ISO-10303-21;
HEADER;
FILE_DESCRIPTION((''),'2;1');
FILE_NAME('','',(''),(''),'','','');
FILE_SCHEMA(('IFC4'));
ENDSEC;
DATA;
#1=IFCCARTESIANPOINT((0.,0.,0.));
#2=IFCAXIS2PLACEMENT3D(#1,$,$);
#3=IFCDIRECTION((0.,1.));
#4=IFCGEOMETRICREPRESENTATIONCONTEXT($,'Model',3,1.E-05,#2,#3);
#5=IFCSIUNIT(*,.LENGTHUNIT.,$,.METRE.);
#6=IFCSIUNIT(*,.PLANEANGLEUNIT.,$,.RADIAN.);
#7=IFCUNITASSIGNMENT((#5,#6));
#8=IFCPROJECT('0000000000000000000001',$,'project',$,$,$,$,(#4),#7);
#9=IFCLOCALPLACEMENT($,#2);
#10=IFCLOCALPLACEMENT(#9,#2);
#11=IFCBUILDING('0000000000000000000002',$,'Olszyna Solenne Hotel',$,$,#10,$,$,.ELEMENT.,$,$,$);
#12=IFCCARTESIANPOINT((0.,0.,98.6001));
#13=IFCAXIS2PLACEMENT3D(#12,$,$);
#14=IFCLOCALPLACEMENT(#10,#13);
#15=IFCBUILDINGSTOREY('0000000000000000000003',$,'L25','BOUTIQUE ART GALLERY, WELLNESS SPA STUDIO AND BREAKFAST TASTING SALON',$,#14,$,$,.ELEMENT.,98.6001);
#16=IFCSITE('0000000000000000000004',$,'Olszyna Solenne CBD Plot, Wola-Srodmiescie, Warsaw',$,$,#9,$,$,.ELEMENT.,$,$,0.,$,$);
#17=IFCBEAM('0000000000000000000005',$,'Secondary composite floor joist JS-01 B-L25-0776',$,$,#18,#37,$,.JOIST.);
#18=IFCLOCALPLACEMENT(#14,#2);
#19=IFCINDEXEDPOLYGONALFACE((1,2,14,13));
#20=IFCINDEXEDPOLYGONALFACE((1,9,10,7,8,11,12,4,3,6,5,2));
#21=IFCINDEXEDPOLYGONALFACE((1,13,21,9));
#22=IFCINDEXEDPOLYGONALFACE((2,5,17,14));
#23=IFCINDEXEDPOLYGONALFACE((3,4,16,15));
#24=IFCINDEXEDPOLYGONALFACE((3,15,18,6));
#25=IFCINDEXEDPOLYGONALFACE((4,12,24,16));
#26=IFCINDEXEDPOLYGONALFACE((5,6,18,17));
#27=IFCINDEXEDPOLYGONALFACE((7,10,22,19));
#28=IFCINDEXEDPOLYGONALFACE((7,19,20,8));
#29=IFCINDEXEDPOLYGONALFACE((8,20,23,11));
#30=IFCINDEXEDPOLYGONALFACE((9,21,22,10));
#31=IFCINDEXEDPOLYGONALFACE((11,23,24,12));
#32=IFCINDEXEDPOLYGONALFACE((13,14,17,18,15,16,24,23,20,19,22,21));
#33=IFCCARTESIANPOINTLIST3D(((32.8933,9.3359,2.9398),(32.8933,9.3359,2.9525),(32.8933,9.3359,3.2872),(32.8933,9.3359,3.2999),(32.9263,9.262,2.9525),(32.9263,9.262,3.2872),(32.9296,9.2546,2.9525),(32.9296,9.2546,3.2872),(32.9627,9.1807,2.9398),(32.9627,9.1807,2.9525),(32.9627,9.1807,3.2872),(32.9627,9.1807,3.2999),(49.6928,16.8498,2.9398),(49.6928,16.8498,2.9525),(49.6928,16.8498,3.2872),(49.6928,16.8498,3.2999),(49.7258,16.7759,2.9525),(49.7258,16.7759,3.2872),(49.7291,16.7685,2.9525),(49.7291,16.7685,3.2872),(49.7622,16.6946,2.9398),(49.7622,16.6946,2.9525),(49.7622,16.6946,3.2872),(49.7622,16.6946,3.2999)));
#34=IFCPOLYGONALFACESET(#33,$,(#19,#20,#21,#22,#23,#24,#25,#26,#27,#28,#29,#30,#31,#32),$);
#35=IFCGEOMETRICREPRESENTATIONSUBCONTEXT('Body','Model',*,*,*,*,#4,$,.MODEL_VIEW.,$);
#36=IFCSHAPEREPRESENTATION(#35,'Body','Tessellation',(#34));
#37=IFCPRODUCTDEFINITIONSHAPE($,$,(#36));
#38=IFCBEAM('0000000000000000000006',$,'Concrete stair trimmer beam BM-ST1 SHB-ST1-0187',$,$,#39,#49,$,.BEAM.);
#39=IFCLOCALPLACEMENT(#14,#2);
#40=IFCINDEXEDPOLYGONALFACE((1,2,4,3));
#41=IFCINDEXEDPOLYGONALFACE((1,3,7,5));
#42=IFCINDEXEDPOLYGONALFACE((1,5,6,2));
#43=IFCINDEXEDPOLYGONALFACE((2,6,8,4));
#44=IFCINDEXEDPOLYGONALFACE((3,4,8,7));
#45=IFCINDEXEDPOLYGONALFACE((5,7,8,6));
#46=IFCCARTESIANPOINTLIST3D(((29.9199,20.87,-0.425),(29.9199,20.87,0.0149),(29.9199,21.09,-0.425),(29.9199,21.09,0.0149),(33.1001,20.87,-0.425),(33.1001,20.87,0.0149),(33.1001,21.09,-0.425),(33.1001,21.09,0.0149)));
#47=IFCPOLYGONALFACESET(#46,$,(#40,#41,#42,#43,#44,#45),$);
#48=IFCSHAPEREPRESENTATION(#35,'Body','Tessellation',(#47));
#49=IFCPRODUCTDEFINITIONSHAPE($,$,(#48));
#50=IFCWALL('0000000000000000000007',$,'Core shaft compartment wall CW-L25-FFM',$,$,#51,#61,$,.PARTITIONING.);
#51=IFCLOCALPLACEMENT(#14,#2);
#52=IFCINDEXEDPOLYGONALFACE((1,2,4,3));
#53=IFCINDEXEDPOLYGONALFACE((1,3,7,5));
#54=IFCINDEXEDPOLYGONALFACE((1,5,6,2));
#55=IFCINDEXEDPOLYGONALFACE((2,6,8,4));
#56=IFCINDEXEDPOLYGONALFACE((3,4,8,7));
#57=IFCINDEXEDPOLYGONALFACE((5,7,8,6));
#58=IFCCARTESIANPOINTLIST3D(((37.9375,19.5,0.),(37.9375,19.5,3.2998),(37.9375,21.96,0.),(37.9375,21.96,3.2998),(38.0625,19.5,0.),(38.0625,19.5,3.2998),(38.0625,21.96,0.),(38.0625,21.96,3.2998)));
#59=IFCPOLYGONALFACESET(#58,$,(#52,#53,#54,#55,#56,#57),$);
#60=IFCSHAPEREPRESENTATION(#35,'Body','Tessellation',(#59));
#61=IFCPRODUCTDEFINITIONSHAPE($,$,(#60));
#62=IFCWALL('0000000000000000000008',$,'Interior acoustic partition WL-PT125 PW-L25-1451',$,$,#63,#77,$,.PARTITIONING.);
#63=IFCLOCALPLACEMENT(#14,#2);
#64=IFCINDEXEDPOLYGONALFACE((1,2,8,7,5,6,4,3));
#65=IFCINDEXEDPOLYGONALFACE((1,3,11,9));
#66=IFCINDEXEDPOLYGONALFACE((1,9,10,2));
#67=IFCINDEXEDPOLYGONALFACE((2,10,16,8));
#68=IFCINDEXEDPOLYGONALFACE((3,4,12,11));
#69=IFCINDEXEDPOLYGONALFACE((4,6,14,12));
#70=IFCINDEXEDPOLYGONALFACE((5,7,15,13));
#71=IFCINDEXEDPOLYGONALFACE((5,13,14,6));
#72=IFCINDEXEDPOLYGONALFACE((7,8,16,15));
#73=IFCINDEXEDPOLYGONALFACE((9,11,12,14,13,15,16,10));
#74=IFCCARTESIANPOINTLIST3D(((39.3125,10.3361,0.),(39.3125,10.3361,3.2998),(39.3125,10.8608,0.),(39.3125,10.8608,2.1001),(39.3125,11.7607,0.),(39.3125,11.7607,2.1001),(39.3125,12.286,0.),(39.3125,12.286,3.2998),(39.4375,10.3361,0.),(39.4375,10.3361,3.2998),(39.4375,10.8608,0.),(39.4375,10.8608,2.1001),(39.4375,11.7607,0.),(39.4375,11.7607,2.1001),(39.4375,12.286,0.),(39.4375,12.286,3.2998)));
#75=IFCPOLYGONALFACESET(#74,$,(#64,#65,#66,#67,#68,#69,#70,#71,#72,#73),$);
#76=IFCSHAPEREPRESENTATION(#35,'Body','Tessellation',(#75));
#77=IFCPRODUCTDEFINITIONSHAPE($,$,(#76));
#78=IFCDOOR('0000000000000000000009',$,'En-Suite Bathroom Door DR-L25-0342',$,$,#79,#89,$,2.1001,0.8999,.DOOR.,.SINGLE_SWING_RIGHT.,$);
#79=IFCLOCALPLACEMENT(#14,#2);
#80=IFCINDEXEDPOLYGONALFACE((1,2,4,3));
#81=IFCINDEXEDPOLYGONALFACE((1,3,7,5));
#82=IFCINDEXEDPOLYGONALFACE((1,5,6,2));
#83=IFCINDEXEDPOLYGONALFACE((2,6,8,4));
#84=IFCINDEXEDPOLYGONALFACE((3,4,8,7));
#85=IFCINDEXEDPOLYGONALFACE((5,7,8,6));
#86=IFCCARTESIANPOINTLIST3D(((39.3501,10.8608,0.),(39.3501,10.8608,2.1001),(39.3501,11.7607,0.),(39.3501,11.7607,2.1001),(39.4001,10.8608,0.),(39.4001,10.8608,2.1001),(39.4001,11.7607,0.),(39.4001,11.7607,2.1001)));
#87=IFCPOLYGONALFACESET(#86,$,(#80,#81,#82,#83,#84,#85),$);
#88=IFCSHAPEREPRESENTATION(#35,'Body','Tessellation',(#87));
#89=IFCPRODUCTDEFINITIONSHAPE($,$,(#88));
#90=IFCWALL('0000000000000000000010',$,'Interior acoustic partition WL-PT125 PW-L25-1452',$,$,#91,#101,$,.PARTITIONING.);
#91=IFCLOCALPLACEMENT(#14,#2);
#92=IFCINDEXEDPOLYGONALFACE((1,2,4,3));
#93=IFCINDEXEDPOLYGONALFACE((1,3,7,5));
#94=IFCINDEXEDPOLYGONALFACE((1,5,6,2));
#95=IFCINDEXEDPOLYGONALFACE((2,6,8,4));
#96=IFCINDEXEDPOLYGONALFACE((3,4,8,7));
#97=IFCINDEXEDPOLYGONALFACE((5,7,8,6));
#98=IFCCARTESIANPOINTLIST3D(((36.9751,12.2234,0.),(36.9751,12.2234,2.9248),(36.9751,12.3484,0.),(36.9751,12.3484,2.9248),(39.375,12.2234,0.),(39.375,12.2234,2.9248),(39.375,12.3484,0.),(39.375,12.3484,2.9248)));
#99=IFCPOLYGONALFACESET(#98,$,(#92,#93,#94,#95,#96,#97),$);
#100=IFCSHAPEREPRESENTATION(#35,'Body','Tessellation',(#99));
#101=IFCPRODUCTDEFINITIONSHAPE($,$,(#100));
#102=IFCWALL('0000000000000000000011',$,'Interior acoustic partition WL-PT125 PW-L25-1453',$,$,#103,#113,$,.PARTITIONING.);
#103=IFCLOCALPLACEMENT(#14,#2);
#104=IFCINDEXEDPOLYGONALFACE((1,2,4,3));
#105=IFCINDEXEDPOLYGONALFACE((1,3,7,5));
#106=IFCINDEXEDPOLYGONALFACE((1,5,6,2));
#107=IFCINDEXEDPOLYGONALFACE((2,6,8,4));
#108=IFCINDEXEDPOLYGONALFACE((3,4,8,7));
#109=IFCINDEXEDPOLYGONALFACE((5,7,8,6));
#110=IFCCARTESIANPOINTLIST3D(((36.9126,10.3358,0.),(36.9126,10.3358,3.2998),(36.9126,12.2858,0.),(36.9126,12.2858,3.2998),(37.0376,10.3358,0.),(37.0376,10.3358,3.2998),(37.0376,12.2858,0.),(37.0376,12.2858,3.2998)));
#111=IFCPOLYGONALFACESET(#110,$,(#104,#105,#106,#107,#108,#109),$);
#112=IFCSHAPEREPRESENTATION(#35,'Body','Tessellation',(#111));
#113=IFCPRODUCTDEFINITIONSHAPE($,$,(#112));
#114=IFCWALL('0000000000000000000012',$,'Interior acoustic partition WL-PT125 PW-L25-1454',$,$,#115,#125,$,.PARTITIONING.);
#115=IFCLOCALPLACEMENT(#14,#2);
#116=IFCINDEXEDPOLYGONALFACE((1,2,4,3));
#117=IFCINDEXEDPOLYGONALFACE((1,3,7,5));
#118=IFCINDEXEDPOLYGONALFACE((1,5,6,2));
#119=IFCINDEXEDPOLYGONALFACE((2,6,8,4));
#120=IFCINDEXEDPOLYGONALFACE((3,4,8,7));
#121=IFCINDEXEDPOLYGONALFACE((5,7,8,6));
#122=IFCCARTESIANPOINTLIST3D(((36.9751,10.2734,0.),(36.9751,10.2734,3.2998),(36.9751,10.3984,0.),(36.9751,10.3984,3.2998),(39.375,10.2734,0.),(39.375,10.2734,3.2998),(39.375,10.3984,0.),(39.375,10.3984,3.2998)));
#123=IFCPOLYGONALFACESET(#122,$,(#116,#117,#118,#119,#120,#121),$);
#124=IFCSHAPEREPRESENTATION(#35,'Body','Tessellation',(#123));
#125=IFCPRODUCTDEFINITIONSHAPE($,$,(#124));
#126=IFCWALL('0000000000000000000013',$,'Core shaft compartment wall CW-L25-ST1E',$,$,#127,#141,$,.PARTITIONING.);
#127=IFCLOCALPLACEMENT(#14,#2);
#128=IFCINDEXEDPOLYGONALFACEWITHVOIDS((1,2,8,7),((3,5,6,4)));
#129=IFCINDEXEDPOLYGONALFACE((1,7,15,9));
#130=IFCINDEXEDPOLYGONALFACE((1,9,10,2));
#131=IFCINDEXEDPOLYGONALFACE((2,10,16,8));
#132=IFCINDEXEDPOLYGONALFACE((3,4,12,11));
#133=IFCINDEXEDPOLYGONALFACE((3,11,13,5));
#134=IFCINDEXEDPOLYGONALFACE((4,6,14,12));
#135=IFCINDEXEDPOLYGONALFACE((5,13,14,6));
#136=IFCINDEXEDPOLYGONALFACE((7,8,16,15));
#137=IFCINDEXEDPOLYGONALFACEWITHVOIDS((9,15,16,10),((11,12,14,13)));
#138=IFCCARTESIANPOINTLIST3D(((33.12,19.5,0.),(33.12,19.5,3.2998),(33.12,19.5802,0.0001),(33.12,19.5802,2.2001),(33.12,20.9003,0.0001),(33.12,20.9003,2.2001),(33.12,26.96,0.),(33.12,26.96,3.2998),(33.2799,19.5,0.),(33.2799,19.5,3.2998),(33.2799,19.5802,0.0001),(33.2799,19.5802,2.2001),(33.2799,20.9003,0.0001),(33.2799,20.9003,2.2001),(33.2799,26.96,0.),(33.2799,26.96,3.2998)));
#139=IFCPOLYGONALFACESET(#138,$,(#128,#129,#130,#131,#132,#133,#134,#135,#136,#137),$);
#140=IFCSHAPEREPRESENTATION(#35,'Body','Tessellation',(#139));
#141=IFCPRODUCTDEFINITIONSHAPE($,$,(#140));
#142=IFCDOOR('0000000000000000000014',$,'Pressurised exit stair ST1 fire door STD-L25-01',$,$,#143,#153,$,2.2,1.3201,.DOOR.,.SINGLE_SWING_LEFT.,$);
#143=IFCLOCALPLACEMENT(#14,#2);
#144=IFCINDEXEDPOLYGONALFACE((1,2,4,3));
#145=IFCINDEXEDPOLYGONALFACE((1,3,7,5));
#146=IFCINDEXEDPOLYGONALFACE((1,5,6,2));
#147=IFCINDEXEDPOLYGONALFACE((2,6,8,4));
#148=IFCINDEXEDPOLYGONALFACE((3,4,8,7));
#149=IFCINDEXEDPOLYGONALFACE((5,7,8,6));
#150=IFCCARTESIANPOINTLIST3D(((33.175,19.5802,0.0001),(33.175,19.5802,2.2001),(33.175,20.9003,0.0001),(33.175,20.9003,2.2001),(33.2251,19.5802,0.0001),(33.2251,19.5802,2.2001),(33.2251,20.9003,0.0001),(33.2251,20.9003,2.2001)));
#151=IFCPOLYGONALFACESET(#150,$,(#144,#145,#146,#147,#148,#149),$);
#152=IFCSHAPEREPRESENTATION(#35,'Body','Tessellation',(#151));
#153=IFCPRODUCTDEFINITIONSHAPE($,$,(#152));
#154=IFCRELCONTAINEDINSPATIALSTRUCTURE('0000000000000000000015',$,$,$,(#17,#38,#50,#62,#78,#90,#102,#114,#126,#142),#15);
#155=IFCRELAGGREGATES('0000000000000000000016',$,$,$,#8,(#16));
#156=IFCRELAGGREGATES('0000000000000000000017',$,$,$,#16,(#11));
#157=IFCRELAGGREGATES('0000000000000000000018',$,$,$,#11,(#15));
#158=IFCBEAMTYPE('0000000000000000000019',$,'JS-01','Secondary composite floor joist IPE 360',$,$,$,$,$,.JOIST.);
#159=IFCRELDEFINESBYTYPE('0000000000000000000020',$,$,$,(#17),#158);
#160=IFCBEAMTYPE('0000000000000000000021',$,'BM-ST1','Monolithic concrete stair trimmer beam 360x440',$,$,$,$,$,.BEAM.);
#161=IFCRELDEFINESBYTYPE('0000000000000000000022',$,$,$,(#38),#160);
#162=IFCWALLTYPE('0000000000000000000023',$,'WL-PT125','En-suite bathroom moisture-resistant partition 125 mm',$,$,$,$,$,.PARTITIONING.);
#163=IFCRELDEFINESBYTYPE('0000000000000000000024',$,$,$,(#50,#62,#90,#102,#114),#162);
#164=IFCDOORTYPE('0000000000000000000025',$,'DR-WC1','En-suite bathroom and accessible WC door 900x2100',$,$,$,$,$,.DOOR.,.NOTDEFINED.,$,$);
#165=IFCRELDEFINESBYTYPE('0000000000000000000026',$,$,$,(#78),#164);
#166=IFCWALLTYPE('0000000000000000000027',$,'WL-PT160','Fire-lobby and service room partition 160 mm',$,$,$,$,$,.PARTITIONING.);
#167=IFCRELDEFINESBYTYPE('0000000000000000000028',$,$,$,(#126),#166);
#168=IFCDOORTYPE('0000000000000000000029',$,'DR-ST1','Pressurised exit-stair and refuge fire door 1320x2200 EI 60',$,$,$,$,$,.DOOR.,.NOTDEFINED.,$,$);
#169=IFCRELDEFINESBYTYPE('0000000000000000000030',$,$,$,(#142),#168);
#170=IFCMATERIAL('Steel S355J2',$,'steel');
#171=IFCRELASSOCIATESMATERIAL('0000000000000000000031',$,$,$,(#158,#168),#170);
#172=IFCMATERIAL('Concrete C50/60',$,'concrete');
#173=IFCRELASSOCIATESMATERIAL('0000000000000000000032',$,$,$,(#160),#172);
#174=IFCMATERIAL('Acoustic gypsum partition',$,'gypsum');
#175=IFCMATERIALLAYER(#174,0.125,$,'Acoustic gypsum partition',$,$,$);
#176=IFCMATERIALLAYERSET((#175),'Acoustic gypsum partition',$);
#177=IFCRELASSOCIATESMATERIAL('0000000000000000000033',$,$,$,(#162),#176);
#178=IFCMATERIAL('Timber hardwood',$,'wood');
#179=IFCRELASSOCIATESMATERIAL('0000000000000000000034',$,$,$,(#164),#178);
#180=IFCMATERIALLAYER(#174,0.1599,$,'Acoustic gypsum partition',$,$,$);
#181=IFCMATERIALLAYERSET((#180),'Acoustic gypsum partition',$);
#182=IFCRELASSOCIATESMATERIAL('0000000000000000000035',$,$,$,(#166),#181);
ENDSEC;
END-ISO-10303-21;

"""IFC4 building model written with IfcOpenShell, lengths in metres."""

from ifc_helpers import new_model, si_unit, direction, frame, frame_2d, origin, origin_2d, place, context, subcontext, project, spatial, rectangle, i_section, extrude, source, transform, mapped, material, layer, layer_set, material_profile, profile_set, type_object, type_shapes, element, fill, save


model = new_model("IFC4")

# Units and contexts
model_context = context("Model", 3, precision=1e-05, world=origin(), true_north=direction((0.0, 1.0)))
body_context = subcontext(model_context, "Body", "Model", "MODEL_VIEW")
ifc_project = project(units=[si_unit("LENGTHUNIT", "METRE"), si_unit("PLANEANGLEUNIT", "RADIAN")], contexts=[model_context])

# Site, building, storey
site_placement = place(None, origin())
site = spatial("IfcSite", under=ifc_project, at=site_placement, Name="Olszyna Solenne CBD Plot, Wola-Srodmiescie, Warsaw", CompositionType="ELEMENT", RefElevation=0.0)
building_placement = place(site_placement, origin())
building = spatial("IfcBuilding", under=site, at=building_placement, Name="Olszyna Solenne Hotel", CompositionType="ELEMENT")
storey_placement = place(building_placement, frame((0.0, 0.0, 98.6001)))
storey = spatial("IfcBuildingStorey", under=building, at=storey_placement, Name="L25", Description="BOUTIQUE ART GALLERY, WELLNESS SPA STUDIO AND BREAKFAST TASTING SALON", CompositionType="ELEMENT", Elevation=98.6001)

# Beams
ifc_material_1 = material(Name="Steel S355J2", Category="steel")
ifc_material_profile_1 = material_profile(ifc_material_1, i_section(OverallWidth=0.1699, OverallDepth=0.3601, WebThickness=0.0081, FlangeThickness=0.0127, at=origin_2d()), Name="IPE 360", Category="load-bearing")
ifc_profile_set_1 = profile_set([ifc_material_profile_1], Name="Steel S355J2")
beam_type_1 = type_object("IfcBeamType", Name="JS-01", Description="Secondary composite floor joist IPE 360", PredefinedType="JOIST", material=ifc_profile_set_1)
shared_shape_1 = source(origin(), body_context, "Body", "SweptSolid", [
    extrude(i_section(OverallWidth=0.1699, OverallDepth=0.3601, WebThickness=0.0081, FlangeThickness=0.0127, at=origin_2d()), origin(), (0.0, 0.0, 1.0), 18.4033),
])
beam_1_placement = place(storey_placement, frame((32.928, 9.2583, 3.1199), z_axis=(0.912852, 0.40829, 0.0), x_axis=(-0.40829, 0.912852, 0.0)))
element("IfcBeam", 1, at=beam_1_placement, inside=storey, type_object=beam_type_1, Name="Secondary composite floor joist JS-01 B-L25-0776", PredefinedType="JOIST", context=body_context, shape_type="MappedRepresentation", body=[
    mapped(shared_shape_1, transform((0.0, 0.0, 0.0), x_axis=(1.0, 0.0, 0.0), y_axis=(0.0, 1.0, 0.0), z_axis=(0.0, 0.0, 1.0), scale=1.0)),
])
ifc_material_2 = material(Name="Concrete C50/60", Category="concrete")
ifc_material_profile_2 = material_profile(ifc_material_2, rectangle(XDim=0.22, YDim=0.4399, at=origin_2d()), Name="RC 220x440", Category="load-bearing")
ifc_profile_set_2 = profile_set([ifc_material_profile_2], Name="Concrete C50/60")
beam_type_2 = type_object("IfcBeamType", Name="BM-ST1", Description="Monolithic concrete stair trimmer beam 360x440", PredefinedType="BEAM", material=ifc_profile_set_2)
shared_shape_2 = source(origin(), body_context, "Body", "SweptSolid", [
    extrude(rectangle(XDim=0.22, YDim=0.4399, at=origin_2d()), origin(), (0.0, 0.0, 1.0), 3.1802),
])
beam_2_placement = place(storey_placement, frame((33.1001, 20.98, -0.2051), z_axis=(-1.0, 0.0, 0.0), x_axis=(0.0, -1.0, 0.0)))
element("IfcBeam", 2, at=beam_2_placement, inside=storey, type_object=beam_type_2, Name="Concrete stair trimmer beam BM-ST1 SHB-ST1-0187", PredefinedType="BEAM", context=body_context, shape_type="MappedRepresentation", body=[
    mapped(shared_shape_2, transform((0.0, 0.0, 0.0), x_axis=(1.0, 0.0, 0.0), y_axis=(0.0, 1.0, 0.0), z_axis=(0.0, 0.0, 1.0), scale=1.0)),
])

# Wall
ifc_material_3 = material(Name="Acoustic gypsum partition", Category="gypsum")
ifc_layer_1 = layer(ifc_material_3, 0.125, Name="Acoustic gypsum partition")
ifc_layer_set_1 = layer_set([ifc_layer_1], Name="Acoustic gypsum partition")
wall_type_1 = type_object("IfcWallType", Name="WL-PT125", Description="En-suite bathroom moisture-resistant partition 125 mm", PredefinedType="PARTITIONING", material=ifc_layer_set_1)
wall_1_placement = place(storey_placement, frame((38.0, 19.5, 0.0), z_axis=(0.0, 0.0, 1.0), x_axis=(0.0, 1.0, 0.0)))
element("IfcWall", 3, at=wall_1_placement, inside=storey, type_object=wall_type_1, Name="Core shaft compartment wall CW-L25-FFM", PredefinedType="PARTITIONING", context=body_context, shape_type="SweptSolid", body=[
    extrude(rectangle(XDim=2.46, YDim=0.125, at=frame_2d((1.23, 0.0))), origin(), (0.0, 0.0, 1.0), 3.2998),
])

# Wall, opening, door
wall_2_placement = place(storey_placement, frame((39.375, 10.3359, 0.0), z_axis=(0.0, 0.0, 1.0), x_axis=(0.0, 1.0, 0.0)))
wall_2 = element("IfcWall", 4, at=wall_2_placement, inside=storey, type_object=wall_type_1, Name="Interior acoustic partition WL-PT125 PW-L25-1451", PredefinedType="PARTITIONING", context=body_context, shape_type="SweptSolid", body=[
    extrude(rectangle(XDim=1.95, YDim=0.125, at=frame_2d((0.9751, 0.0))), origin(), (0.0, 0.0, 1.0), 3.2998),
])
opening_1_placement = place(wall_2_placement, frame((0.5249, 0.0, 0.0)))
opening_1 = element("IfcOpeningElement", 5, at=opening_1_placement, cuts=wall_2, PredefinedType="OPENING", context=body_context, shape_type="SweptSolid", body=[
    extrude(rectangle(XDim=0.8999, YDim=2.1001, at=frame_2d((0.45, 1.05))), frame((0.0, 0.0725, 0.0), z_axis=(0.0, -1.0, 0.0), x_axis=(1.0, 0.0, 0.0)), (0.0, 0.0, 1.0), 0.145),
])
ifc_material_4 = material(Name="Timber hardwood", Category="wood")
door_type_1 = type_object("IfcDoorType", Name="DR-WC1", Description="En-suite bathroom and accessible WC door 900x2100", OperationType="NOTDEFINED", PredefinedType="DOOR", material=ifc_material_4)
shared_shape_3 = source(origin(), body_context, "Body", "SweptSolid", [
    extrude(rectangle(XDim=0.8999, YDim=2.1001, at=frame_2d((0.45, 1.05))), frame((0.0, 0.0249, 0.0), z_axis=(0.0, -1.0, 0.0), x_axis=(1.0, 0.0, 0.0)), (0.0, 0.0, 1.0), 0.05),
])
type_shapes(door_type_1, [shared_shape_3])
door_1_placement = place(opening_1_placement, origin())
door_1 = element("IfcDoor", 6, at=door_1_placement, inside=storey, type_object=door_type_1, Name="En-Suite Bathroom Door DR-L25-0342", OperationType="SINGLE_SWING_RIGHT", OverallHeight=2.1001, OverallWidth=0.8999, PredefinedType="DOOR", context=body_context, shape_type="MappedRepresentation", body=[
    mapped(shared_shape_3, transform((0.0, 0.0, 0.0), x_axis=(1.0, 0.0, 0.0), y_axis=(0.0, 1.0, 0.0), z_axis=(0.0, 0.0, 1.0), scale=1.0)),
])
fill(opening_1, door_1)

# Walls
wall_3_placement = place(storey_placement, frame((39.375, 12.2859, 0.0), z_axis=(0.0, 0.0, 1.0), x_axis=(-1.0, 0.0, 0.0)))
element("IfcWall", 7, at=wall_3_placement, inside=storey, type_object=wall_type_1, Name="Interior acoustic partition WL-PT125 PW-L25-1452", PredefinedType="PARTITIONING", context=body_context, shape_type="SweptSolid", body=[
    extrude(rectangle(XDim=2.3999, YDim=0.125, at=frame_2d((1.2, 0.0))), origin(), (0.0, 0.0, 1.0), 2.9248),
])
wall_4_placement = place(storey_placement, frame((36.9751, 12.2859, 0.0), z_axis=(0.0, 0.0, 1.0), x_axis=(0.0, -1.0, 0.0)))
element("IfcWall", 8, at=wall_4_placement, inside=storey, type_object=wall_type_1, Name="Interior acoustic partition WL-PT125 PW-L25-1453", PredefinedType="PARTITIONING", context=body_context, shape_type="SweptSolid", body=[
    extrude(rectangle(XDim=1.95, YDim=0.125, at=frame_2d((0.9751, 0.0))), origin(), (0.0, 0.0, 1.0), 3.2998),
])
wall_5_placement = place(storey_placement, frame((36.9751, 10.3359, 0.0), z_axis=(0.0, 0.0, 1.0), x_axis=(1.0, 0.0, 0.0)))
element("IfcWall", 9, at=wall_5_placement, inside=storey, type_object=wall_type_1, Name="Interior acoustic partition WL-PT125 PW-L25-1454", PredefinedType="PARTITIONING", context=body_context, shape_type="SweptSolid", body=[
    extrude(rectangle(XDim=2.3999, YDim=0.125, at=frame_2d((1.2, 0.0))), origin(), (0.0, 0.0, 1.0), 3.2998),
])

# Wall, opening, door
ifc_layer_2 = layer(ifc_material_3, 0.1599, Name="Acoustic gypsum partition")
ifc_layer_set_2 = layer_set([ifc_layer_2], Name="Acoustic gypsum partition")
wall_type_2 = type_object("IfcWallType", Name="WL-PT160", Description="Fire-lobby and service room partition 160 mm", PredefinedType="PARTITIONING", material=ifc_layer_set_2)
wall_6_placement = place(storey_placement, frame((33.2, 19.5, 0.0), z_axis=(0.0, 0.0, 1.0), x_axis=(0.0, 1.0, 0.0)))
wall_6 = element("IfcWall", 10, at=wall_6_placement, inside=storey, type_object=wall_type_2, Name="Core shaft compartment wall CW-L25-ST1E", PredefinedType="PARTITIONING", context=body_context, shape_type="SweptSolid", body=[
    extrude(rectangle(XDim=7.46, YDim=0.1599, at=frame_2d((3.73, 0.0))), origin(), (0.0, 0.0, 1.0), 3.2998),
])
opening_2_placement = place(wall_6_placement, frame((0.0801, 0.0, 0.0)))
opening_2 = element("IfcOpeningElement", 11, at=opening_2_placement, cuts=wall_6, PredefinedType="OPENING", context=body_context, shape_type="SweptSolid", body=[
    extrude(rectangle(XDim=1.3201, YDim=2.2, at=frame_2d((0.6602, 1.1001))), frame((0.0, 0.0898, 0.0), z_axis=(0.0, -1.0, 0.0), x_axis=(1.0, 0.0, 0.0)), (0.0, 0.0, 1.0), 0.1799),
])
door_type_2 = type_object("IfcDoorType", Name="DR-ST1", Description="Pressurised exit-stair and refuge fire door 1320x2200 EI 60", OperationType="NOTDEFINED", PredefinedType="DOOR", material=ifc_material_1)
shared_shape_4 = source(origin(), body_context, "Body", "SweptSolid", [
    extrude(rectangle(XDim=1.3201, YDim=2.2, at=frame_2d((0.6602, 1.1001))), frame((0.0, 0.0249, 0.0), z_axis=(0.0, -1.0, 0.0), x_axis=(1.0, 0.0, 0.0)), (0.0, 0.0, 1.0), 0.05),
])
type_shapes(door_type_2, [shared_shape_4])
door_2_placement = place(opening_2_placement, origin())
door_2 = element("IfcDoor", 12, at=door_2_placement, inside=storey, type_object=door_type_2, Name="Pressurised exit stair ST1 fire door STD-L25-01", OperationType="SINGLE_SWING_LEFT", OverallHeight=2.2, OverallWidth=1.3201, PredefinedType="DOOR", context=body_context, shape_type="MappedRepresentation", body=[
    mapped(shared_shape_4, transform((0.0, 0.0, 0.0), x_axis=(1.0, 0.0, 0.0), y_axis=(0.0, 1.0, 0.0), z_axis=(0.0, 0.0, 1.0), scale=1.0)),
])
fill(opening_2, door_2)

save(model, "model.ifc")
